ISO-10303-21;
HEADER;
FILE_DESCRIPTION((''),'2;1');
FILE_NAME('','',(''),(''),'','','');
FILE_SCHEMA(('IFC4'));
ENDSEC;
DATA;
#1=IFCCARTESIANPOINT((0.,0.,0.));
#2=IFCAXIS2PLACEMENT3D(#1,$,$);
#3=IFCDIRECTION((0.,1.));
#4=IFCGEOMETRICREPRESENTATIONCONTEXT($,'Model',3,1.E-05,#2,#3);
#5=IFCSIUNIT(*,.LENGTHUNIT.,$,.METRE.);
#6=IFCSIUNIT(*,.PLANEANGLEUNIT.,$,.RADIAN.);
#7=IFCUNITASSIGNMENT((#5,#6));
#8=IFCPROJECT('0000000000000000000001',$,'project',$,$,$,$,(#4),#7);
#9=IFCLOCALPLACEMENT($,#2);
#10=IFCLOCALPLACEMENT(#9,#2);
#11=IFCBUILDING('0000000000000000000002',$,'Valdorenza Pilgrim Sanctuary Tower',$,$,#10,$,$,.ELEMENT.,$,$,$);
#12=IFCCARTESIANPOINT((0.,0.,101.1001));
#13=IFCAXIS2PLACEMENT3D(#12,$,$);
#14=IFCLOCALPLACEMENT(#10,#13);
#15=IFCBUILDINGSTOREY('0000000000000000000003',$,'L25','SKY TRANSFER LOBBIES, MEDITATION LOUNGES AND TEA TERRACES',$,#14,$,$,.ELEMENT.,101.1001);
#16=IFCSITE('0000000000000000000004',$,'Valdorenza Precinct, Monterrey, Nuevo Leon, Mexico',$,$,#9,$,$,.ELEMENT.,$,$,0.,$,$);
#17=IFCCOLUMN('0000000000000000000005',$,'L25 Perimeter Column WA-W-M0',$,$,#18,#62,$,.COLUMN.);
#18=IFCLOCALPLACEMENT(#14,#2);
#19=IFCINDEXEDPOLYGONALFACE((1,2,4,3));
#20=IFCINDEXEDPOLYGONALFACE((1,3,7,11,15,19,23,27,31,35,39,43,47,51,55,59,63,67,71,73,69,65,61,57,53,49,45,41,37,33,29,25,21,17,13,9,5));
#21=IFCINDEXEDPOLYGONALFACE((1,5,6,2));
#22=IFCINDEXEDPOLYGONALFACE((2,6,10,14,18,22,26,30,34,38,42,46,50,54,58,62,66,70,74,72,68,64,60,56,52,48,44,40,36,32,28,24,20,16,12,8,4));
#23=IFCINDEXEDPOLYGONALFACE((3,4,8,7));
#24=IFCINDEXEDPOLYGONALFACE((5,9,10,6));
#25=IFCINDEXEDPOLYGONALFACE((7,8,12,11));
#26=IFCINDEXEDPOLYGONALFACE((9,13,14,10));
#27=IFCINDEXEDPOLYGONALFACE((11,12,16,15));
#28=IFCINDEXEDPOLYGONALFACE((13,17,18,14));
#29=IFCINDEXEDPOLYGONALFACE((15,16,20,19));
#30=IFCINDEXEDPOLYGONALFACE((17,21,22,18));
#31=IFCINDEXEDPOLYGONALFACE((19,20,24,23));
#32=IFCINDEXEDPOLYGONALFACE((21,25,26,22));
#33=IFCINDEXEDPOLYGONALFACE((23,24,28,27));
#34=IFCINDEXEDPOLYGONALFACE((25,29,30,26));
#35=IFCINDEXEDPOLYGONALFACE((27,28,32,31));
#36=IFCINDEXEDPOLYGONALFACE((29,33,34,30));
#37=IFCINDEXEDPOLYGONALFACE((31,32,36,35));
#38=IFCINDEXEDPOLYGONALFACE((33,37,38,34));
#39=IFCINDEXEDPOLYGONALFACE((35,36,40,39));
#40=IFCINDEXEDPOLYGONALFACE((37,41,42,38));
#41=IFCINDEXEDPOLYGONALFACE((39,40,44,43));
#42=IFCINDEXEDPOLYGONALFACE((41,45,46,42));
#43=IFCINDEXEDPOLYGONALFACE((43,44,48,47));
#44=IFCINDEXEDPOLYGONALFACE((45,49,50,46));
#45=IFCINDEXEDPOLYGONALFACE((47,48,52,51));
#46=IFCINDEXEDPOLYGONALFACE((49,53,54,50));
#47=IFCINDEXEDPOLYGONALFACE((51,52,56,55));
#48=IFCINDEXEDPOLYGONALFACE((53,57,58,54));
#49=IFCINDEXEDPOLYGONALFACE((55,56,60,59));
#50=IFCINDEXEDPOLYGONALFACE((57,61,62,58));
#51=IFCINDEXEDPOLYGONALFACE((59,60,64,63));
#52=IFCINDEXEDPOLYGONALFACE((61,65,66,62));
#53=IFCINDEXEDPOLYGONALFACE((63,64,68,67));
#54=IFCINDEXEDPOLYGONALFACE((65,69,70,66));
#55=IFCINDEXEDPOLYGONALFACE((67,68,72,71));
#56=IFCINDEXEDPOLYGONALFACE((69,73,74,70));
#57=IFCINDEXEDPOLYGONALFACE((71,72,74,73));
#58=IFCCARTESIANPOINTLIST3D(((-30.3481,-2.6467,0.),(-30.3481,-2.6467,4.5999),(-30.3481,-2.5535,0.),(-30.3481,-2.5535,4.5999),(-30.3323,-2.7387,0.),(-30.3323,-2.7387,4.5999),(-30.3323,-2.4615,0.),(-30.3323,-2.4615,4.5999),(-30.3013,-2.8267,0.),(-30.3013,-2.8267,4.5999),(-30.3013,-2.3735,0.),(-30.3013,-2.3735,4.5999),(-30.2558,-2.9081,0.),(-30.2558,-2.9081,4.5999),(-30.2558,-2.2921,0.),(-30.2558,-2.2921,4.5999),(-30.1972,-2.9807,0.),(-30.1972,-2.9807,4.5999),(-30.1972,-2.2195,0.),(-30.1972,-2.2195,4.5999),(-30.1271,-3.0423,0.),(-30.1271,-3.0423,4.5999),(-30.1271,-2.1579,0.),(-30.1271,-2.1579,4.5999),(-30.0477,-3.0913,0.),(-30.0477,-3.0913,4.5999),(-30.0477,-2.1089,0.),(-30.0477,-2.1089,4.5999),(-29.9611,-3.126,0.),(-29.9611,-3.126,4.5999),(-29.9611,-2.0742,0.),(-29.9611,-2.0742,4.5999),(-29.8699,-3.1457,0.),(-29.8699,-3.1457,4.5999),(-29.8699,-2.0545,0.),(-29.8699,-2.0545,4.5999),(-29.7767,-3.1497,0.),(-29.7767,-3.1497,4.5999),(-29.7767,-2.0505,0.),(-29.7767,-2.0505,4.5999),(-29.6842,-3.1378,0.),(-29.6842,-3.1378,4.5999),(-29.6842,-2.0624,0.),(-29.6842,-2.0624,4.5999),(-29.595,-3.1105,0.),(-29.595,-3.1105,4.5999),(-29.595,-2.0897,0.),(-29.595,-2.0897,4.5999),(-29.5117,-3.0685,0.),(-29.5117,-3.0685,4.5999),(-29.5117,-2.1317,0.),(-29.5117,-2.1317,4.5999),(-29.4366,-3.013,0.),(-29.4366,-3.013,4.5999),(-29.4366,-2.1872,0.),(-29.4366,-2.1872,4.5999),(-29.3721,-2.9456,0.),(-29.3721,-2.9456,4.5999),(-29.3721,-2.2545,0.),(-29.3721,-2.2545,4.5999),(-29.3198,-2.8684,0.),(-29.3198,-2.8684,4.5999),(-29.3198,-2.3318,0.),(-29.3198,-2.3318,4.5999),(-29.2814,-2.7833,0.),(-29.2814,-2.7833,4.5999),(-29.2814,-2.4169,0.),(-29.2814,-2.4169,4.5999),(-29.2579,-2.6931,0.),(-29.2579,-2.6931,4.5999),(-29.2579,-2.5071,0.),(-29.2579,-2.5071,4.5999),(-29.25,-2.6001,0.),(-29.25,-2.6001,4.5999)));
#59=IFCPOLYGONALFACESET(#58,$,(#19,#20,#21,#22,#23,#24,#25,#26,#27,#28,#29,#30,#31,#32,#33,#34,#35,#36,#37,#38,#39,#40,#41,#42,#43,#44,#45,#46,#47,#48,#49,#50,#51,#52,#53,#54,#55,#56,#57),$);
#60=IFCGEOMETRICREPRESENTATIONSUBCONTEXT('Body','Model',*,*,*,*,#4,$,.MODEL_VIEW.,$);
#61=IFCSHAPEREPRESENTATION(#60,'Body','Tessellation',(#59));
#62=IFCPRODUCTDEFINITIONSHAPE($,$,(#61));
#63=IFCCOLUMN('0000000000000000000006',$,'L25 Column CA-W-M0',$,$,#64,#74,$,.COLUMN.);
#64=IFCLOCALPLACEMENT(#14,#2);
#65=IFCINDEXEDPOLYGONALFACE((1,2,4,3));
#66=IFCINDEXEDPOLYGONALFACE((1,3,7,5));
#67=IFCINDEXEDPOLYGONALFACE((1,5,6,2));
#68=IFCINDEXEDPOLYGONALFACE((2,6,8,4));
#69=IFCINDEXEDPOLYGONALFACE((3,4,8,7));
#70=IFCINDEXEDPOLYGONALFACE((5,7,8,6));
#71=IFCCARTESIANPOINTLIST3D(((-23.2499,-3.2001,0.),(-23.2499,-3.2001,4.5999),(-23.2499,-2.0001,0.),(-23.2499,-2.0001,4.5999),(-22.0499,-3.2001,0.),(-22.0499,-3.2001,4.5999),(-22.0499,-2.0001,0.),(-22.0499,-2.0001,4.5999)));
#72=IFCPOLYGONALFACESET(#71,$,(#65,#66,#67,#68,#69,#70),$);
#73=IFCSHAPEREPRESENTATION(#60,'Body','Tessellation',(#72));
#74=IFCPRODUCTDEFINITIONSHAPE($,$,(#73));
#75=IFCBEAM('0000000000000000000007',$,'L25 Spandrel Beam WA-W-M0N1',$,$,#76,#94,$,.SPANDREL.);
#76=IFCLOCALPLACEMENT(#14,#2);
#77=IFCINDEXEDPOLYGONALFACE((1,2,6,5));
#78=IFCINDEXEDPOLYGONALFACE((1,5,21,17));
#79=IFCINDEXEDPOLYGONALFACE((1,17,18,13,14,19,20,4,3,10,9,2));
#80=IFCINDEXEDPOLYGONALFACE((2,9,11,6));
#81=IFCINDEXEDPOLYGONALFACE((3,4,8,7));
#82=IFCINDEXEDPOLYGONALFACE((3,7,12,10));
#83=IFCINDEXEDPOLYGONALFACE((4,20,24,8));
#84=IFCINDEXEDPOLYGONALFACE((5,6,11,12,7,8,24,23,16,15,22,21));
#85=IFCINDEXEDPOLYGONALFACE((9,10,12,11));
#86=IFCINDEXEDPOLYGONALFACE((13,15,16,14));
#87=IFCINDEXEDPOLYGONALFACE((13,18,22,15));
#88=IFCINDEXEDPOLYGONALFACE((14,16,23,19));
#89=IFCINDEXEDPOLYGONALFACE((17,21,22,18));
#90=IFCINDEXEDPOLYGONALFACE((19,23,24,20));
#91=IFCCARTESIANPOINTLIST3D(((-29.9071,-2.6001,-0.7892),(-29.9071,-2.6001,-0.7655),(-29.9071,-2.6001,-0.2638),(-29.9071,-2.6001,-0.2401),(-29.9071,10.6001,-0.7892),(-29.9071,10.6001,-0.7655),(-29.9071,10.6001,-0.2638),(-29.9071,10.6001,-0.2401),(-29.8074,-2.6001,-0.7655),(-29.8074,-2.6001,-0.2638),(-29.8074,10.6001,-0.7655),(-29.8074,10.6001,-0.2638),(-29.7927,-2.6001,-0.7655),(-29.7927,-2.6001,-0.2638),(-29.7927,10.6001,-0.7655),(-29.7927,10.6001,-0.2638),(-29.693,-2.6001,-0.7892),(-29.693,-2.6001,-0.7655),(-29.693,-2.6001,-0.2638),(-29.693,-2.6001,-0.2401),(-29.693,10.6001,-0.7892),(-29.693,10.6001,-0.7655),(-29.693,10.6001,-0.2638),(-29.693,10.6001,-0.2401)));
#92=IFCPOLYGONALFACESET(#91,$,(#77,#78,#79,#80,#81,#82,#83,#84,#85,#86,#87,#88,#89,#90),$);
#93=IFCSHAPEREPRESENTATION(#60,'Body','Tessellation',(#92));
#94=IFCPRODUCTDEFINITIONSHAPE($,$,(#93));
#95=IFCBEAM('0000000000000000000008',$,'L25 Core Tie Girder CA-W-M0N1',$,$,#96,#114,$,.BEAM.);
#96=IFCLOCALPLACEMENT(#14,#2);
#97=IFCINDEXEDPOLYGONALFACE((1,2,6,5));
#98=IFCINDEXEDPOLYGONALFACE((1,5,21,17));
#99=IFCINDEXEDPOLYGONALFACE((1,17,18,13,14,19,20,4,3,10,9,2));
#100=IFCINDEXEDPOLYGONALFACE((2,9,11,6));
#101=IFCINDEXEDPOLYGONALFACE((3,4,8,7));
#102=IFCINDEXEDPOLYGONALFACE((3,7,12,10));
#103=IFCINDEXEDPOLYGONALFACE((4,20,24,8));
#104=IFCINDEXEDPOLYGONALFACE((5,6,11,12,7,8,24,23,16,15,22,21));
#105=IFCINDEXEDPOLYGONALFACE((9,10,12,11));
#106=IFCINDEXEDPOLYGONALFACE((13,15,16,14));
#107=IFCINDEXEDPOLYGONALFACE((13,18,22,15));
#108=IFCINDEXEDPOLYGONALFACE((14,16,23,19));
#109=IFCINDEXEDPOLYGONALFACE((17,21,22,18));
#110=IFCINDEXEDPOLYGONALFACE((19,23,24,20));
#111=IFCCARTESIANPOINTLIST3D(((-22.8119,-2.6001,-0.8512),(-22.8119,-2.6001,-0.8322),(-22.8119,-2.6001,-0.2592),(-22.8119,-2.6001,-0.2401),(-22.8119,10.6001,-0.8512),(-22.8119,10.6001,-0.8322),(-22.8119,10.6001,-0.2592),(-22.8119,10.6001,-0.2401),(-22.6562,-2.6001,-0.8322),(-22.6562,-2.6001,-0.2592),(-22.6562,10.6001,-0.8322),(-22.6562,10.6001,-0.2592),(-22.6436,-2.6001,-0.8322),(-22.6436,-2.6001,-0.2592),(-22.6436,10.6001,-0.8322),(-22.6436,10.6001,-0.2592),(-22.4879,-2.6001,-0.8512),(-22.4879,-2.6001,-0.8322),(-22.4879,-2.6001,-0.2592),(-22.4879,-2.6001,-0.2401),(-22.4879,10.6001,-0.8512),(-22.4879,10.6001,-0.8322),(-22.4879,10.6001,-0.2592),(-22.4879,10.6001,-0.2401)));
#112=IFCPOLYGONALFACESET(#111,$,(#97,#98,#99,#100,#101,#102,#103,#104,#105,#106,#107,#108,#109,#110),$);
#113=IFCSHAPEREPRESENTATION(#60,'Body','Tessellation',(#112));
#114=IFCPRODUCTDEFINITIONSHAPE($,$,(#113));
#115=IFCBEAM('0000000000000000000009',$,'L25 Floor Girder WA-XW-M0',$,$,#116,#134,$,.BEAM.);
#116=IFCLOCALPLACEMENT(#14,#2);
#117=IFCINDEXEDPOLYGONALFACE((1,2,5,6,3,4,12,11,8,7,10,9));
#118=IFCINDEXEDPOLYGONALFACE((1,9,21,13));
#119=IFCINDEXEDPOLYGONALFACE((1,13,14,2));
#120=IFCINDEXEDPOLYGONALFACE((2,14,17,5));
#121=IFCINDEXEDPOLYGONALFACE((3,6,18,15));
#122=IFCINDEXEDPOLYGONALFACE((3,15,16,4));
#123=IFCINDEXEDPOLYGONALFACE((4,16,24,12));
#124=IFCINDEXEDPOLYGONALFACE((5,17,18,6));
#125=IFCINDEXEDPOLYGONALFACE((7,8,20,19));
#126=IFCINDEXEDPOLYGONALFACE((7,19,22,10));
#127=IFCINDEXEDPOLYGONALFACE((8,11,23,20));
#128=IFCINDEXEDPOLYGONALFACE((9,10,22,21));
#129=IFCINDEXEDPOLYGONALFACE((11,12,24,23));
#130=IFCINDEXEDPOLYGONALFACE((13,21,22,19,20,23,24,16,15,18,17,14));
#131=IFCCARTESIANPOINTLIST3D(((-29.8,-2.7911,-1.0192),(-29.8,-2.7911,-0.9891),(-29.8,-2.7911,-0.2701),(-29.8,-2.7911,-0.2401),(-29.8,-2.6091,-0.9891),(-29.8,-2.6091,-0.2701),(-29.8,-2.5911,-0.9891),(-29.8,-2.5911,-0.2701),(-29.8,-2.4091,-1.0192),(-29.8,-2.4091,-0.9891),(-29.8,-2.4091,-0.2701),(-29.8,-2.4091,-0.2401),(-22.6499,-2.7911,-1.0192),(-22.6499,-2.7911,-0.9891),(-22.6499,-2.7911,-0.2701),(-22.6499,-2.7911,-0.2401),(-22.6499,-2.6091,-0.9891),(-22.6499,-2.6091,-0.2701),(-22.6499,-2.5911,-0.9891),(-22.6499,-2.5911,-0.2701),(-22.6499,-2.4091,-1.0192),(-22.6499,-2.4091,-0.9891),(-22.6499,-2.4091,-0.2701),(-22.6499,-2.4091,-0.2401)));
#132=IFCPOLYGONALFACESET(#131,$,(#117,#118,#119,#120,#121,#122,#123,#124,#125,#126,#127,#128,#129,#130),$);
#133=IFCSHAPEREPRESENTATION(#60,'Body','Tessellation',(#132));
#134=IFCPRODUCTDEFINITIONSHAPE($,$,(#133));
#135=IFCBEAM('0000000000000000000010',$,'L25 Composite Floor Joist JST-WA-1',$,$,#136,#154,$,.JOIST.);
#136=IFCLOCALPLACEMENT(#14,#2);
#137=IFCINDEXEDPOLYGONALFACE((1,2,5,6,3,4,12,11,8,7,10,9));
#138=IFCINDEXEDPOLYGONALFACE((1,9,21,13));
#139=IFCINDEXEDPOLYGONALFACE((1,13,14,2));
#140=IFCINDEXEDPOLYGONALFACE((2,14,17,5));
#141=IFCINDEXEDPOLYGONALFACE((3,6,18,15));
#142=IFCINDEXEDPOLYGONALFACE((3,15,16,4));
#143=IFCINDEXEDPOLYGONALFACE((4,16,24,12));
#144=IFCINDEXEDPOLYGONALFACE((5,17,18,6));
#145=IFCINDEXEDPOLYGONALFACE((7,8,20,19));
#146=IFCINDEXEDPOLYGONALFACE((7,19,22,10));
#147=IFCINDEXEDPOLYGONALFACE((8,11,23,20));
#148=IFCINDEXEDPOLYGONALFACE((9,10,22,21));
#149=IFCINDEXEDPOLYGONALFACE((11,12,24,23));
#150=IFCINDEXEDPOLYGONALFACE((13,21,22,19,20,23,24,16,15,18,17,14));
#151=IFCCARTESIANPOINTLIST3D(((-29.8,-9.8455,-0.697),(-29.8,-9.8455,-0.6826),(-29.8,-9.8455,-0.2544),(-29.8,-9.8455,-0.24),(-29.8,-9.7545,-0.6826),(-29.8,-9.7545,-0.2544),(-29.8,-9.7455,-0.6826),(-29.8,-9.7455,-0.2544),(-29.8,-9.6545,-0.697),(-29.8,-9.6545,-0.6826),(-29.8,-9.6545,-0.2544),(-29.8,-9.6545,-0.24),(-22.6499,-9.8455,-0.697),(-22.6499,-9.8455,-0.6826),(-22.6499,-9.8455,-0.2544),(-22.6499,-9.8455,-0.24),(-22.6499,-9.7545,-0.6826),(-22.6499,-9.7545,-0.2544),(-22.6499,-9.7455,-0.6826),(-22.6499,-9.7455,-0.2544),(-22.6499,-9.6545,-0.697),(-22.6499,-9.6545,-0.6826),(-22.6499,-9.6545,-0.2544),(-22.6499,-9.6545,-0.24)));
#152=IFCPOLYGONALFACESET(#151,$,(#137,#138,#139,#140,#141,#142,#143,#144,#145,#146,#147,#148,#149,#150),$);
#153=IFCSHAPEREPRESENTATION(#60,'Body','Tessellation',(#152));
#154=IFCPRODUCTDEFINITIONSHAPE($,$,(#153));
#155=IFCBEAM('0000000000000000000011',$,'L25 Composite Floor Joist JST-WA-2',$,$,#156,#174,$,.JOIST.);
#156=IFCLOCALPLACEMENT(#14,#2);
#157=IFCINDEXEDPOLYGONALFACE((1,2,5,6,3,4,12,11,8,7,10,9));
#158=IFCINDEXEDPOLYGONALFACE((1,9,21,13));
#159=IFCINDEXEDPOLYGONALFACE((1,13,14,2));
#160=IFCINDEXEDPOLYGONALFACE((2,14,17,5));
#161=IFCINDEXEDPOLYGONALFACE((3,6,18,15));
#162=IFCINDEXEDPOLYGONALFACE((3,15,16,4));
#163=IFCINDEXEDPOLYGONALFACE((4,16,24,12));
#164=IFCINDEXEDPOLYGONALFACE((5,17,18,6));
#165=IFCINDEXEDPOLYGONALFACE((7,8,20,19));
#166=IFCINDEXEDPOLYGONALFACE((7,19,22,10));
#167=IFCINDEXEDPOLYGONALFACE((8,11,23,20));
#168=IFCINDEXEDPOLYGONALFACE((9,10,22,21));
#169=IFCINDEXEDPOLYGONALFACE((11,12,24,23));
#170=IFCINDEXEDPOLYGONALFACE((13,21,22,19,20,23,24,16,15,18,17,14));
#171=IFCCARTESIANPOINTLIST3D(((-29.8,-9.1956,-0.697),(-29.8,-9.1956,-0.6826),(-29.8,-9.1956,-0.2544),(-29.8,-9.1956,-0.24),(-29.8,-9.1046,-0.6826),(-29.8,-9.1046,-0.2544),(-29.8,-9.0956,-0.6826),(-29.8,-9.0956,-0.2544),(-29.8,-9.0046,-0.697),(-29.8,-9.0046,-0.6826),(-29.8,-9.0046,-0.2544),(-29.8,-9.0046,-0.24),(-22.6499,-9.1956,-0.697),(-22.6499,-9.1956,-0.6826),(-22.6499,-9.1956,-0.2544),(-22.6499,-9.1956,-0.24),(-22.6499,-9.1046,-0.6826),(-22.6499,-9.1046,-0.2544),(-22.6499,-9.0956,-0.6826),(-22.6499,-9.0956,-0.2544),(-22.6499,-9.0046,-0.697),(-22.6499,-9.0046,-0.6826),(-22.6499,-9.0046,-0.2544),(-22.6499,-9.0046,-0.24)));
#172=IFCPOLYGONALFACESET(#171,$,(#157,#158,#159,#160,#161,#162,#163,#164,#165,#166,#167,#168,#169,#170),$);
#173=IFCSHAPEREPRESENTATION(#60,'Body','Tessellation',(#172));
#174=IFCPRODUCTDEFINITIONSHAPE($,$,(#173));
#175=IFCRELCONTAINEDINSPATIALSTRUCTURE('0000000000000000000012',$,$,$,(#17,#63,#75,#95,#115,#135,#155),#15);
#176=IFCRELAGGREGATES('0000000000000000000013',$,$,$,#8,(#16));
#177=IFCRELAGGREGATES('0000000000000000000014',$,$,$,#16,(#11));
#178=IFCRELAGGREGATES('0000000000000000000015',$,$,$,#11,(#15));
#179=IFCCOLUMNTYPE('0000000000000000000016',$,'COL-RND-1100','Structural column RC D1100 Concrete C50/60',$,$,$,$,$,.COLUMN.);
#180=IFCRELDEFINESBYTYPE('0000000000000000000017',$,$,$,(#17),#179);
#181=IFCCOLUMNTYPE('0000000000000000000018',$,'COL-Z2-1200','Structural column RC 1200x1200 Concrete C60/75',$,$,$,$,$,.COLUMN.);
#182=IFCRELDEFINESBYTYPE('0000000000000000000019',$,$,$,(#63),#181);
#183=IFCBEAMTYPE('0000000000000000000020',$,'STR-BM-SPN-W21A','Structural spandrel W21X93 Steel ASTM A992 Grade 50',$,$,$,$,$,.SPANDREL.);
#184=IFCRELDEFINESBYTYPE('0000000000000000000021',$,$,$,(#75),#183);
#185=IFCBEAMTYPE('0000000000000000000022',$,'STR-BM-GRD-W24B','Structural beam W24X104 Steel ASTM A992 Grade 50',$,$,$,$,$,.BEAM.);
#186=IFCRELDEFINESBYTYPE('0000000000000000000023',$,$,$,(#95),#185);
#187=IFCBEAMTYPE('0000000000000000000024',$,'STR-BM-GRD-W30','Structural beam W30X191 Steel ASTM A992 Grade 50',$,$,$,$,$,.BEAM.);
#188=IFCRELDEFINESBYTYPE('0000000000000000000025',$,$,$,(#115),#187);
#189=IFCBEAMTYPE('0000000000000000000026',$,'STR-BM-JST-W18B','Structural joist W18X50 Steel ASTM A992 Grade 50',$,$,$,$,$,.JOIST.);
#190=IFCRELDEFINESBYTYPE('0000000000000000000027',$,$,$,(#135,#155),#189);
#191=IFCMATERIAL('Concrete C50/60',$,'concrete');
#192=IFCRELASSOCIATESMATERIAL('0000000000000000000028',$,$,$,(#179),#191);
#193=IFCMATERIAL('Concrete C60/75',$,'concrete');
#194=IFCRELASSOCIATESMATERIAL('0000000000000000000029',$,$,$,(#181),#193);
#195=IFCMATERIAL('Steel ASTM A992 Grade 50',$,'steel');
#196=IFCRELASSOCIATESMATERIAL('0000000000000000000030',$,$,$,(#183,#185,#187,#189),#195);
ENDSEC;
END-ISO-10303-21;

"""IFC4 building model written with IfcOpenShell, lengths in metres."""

from ifc_helpers import new_model, si_unit, direction, frame, origin, origin_2d, place, context, subcontext, project, spatial, rectangle, circle, i_section, extrude, source, transform, mapped, material, material_profile, profile_set, type_object, element, save


model = new_model("IFC4")

# Units and contexts
model_context = context("Model", 3, precision=1e-05, world=origin(), true_north=direction((0.0, 1.0)))
body_context = subcontext(model_context, "Body", "Model", "MODEL_VIEW")
ifc_project = project(units=[si_unit("LENGTHUNIT", "METRE"), si_unit("PLANEANGLEUNIT", "RADIAN")], contexts=[model_context])

# Site, building, storey
site_placement = place(None, origin())
site = spatial("IfcSite", under=ifc_project, at=site_placement, Name="Valdorenza Precinct, Monterrey, Nuevo Leon, Mexico", CompositionType="ELEMENT", RefElevation=0.0)
building_placement = place(site_placement, origin())
building = spatial("IfcBuilding", under=site, at=building_placement, Name="Valdorenza Pilgrim Sanctuary Tower", CompositionType="ELEMENT")
storey_placement = place(building_placement, frame((0.0, 0.0, 101.1001)))
storey = spatial("IfcBuildingStorey", under=building, at=storey_placement, Name="L25", Description="SKY TRANSFER LOBBIES, MEDITATION LOUNGES AND TEA TERRACES", CompositionType="ELEMENT", Elevation=101.1001)

# Columns
ifc_material_1 = material(Name="Concrete C50/60", Category="concrete")
ifc_material_profile_1 = material_profile(ifc_material_1, circle(Radius=0.55, at=origin_2d()), Name="RC D1100")
ifc_profile_set_1 = profile_set([ifc_material_profile_1], Name="Concrete C50/60")
column_type_1 = type_object("IfcColumnType", Name="COL-RND-1100", Description="Structural column RC D1100 Concrete C50/60", PredefinedType="COLUMN", material=ifc_profile_set_1)
shared_shape_1 = source(origin(), body_context, "Body", "SweptSolid", [
    extrude(circle(Radius=0.55, at=origin_2d()), origin(), (0.0, 0.0, 1.0), 4.5999),
])
column_1_placement = place(storey_placement, frame((-29.8, -2.6001, 0.0), z_axis=(0.0, 0.0, 1.0), x_axis=(1.0, 0.0, 0.0)))
element("IfcColumn", 1, at=column_1_placement, inside=storey, type_object=column_type_1, Name="L25 Perimeter Column WA-W-M0", PredefinedType="COLUMN", context=body_context, shape_type="MappedRepresentation", body=[
    mapped(shared_shape_1, transform((0.0, 0.0, 0.0), x_axis=(1.0, 0.0, 0.0), y_axis=(0.0, 1.0, 0.0), z_axis=(0.0, 0.0, 1.0), scale=1.0)),
])
ifc_material_2 = material(Name="Concrete C60/75", Category="concrete")
ifc_material_profile_2 = material_profile(ifc_material_2, rectangle(XDim=1.2, YDim=1.2, at=origin_2d()), Name="RC 1200x1200")
ifc_profile_set_2 = profile_set([ifc_material_profile_2], Name="Concrete C60/75")
column_type_2 = type_object("IfcColumnType", Name="COL-Z2-1200", Description="Structural column RC 1200x1200 Concrete C60/75", PredefinedType="COLUMN", material=ifc_profile_set_2)
shared_shape_2 = source(origin(), body_context, "Body", "SweptSolid", [
    extrude(rectangle(XDim=1.2, YDim=1.2, at=origin_2d()), origin(), (0.0, 0.0, 1.0), 4.5999),
])
column_2_placement = place(storey_placement, frame((-22.6499, -2.6001, 0.0), z_axis=(0.0, 0.0, 1.0), x_axis=(1.0, 0.0, 0.0)))
element("IfcColumn", 2, at=column_2_placement, inside=storey, type_object=column_type_2, Name="L25 Column CA-W-M0", PredefinedType="COLUMN", context=body_context, shape_type="MappedRepresentation", body=[
    mapped(shared_shape_2, transform((0.0, 0.0, 0.0), x_axis=(1.0, 0.0, 0.0), y_axis=(0.0, 1.0, 0.0), z_axis=(0.0, 0.0, 1.0), scale=1.0)),
])

# Beams
ifc_material_3 = material(Name="Steel ASTM A992 Grade 50", Category="steel")
ifc_material_profile_3 = material_profile(ifc_material_3, i_section(OverallWidth=0.2141, OverallDepth=0.5491, WebThickness=0.0146, FlangeThickness=0.0237, at=origin_2d()), Name="W21X93")
ifc_profile_set_3 = profile_set([ifc_material_profile_3], Name="Steel ASTM A992 Grade 50")
beam_type_1 = type_object("IfcBeamType", Name="STR-BM-SPN-W21A", Description="Structural spandrel W21X93 Steel ASTM A992 Grade 50", PredefinedType="SPANDREL", material=ifc_profile_set_3)
shared_shape_3 = source(origin(), body_context, "Body", "SweptSolid", [
    extrude(i_section(OverallWidth=0.2141, OverallDepth=0.5491, WebThickness=0.0146, FlangeThickness=0.0237, at=origin_2d()), origin(), (0.0, 0.0, 1.0), 13.2002),
])
beam_1_placement = place(storey_placement, frame((-29.8, -2.6001, -0.5146), z_axis=(0.0, 1.0, 0.0), x_axis=(-1.0, 0.0, 0.0)))
element("IfcBeam", 3, at=beam_1_placement, inside=storey, type_object=beam_type_1, Name="L25 Spandrel Beam WA-W-M0N1", PredefinedType="SPANDREL", context=body_context, shape_type="MappedRepresentation", body=[
    mapped(shared_shape_3, transform((0.0, 0.0, 0.0), x_axis=(1.0, 0.0, 0.0), y_axis=(0.0, 1.0, 0.0), z_axis=(0.0, 0.0, 1.0), scale=1.0)),
])
ifc_material_profile_4 = material_profile(ifc_material_3, i_section(OverallWidth=0.324, OverallDepth=0.6111, WebThickness=0.0127, FlangeThickness=0.019, at=origin_2d()), Name="W24X104")
ifc_profile_set_4 = profile_set([ifc_material_profile_4], Name="Steel ASTM A992 Grade 50")
beam_type_2 = type_object("IfcBeamType", Name="STR-BM-GRD-W24B", Description="Structural beam W24X104 Steel ASTM A992 Grade 50", PredefinedType="BEAM", material=ifc_profile_set_4)
shared_shape_4 = source(origin(), body_context, "Body", "SweptSolid", [
    extrude(i_section(OverallWidth=0.324, OverallDepth=0.6111, WebThickness=0.0127, FlangeThickness=0.019, at=origin_2d()), origin(), (0.0, 0.0, 1.0), 13.2002),
])
beam_2_placement = place(storey_placement, frame((-22.6499, -2.6001, -0.5457), z_axis=(0.0, 1.0, 0.0), x_axis=(-1.0, 0.0, 0.0)))
element("IfcBeam", 4, at=beam_2_placement, inside=storey, type_object=beam_type_2, Name="L25 Core Tie Girder CA-W-M0N1", PredefinedType="BEAM", context=body_context, shape_type="MappedRepresentation", body=[
    mapped(shared_shape_4, transform((0.0, 0.0, 0.0), x_axis=(1.0, 0.0, 0.0), y_axis=(0.0, 1.0, 0.0), z_axis=(0.0, 0.0, 1.0), scale=1.0)),
])
ifc_material_profile_5 = material_profile(ifc_material_3, i_section(OverallWidth=0.3821, OverallDepth=0.7791, WebThickness=0.0181, FlangeThickness=0.03, at=origin_2d()), Name="W30X191")
ifc_profile_set_5 = profile_set([ifc_material_profile_5], Name="Steel ASTM A992 Grade 50")
beam_type_3 = type_object("IfcBeamType", Name="STR-BM-GRD-W30", Description="Structural beam W30X191 Steel ASTM A992 Grade 50", PredefinedType="BEAM", material=ifc_profile_set_5)
shared_shape_5 = source(origin(), body_context, "Body", "SweptSolid", [
    extrude(i_section(OverallWidth=0.3821, OverallDepth=0.7791, WebThickness=0.0181, FlangeThickness=0.03, at=origin_2d()), origin(), (0.0, 0.0, 1.0), 7.1501),
])
beam_3_placement = place(storey_placement, frame((-29.8, -2.6001, -0.6296), z_axis=(1.0, 0.0, 0.0), x_axis=(0.0, 1.0, 0.0)))
element("IfcBeam", 5, at=beam_3_placement, inside=storey, type_object=beam_type_3, Name="L25 Floor Girder WA-XW-M0", PredefinedType="BEAM", context=body_context, shape_type="MappedRepresentation", body=[
    mapped(shared_shape_5, transform((0.0, 0.0, 0.0), x_axis=(1.0, 0.0, 0.0), y_axis=(0.0, 1.0, 0.0), z_axis=(0.0, 0.0, 1.0), scale=1.0)),
])
ifc_material_profile_6 = material_profile(ifc_material_3, i_section(OverallWidth=0.1909, OverallDepth=0.457, WebThickness=0.009, FlangeThickness=0.0144, at=origin_2d()), Name="W18X50")
ifc_profile_set_6 = profile_set([ifc_material_profile_6], Name="Steel ASTM A992 Grade 50")
beam_type_4 = type_object("IfcBeamType", Name="STR-BM-JST-W18B", Description="Structural joist W18X50 Steel ASTM A992 Grade 50", PredefinedType="JOIST", material=ifc_profile_set_6)
shared_shape_6 = source(origin(), body_context, "Body", "SweptSolid", [
    extrude(i_section(OverallWidth=0.1909, OverallDepth=0.457, WebThickness=0.009, FlangeThickness=0.0144, at=origin_2d()), origin(), (0.0, 0.0, 1.0), 7.1501),
])
for number, where, z_axis, x_axis, name in (
    (6, (-29.8, -9.75, -0.4685), (1.0, 0.0, 0.0), (0.0, 1.0, 0.0), "L25 Composite Floor Joist JST-WA-1"),
    (7, (-29.8, -9.1001, -0.4685), (1.0, 0.0, 0.0), (0.0, 1.0, 0.0), "L25 Composite Floor Joist JST-WA-2"),
):
    element("IfcBeam", number, at=place(storey_placement, frame(where, z_axis=z_axis, x_axis=x_axis)), inside=storey, type_object=beam_type_4, Name=name, PredefinedType="JOIST", context=body_context, shape_type="MappedRepresentation", body=[
        mapped(shared_shape_6, transform((0.0, 0.0, 0.0), x_axis=(1.0, 0.0, 0.0), y_axis=(0.0, 1.0, 0.0), z_axis=(0.0, 0.0, 1.0), scale=1.0)),
    ])

save(model, "model.ifc")
